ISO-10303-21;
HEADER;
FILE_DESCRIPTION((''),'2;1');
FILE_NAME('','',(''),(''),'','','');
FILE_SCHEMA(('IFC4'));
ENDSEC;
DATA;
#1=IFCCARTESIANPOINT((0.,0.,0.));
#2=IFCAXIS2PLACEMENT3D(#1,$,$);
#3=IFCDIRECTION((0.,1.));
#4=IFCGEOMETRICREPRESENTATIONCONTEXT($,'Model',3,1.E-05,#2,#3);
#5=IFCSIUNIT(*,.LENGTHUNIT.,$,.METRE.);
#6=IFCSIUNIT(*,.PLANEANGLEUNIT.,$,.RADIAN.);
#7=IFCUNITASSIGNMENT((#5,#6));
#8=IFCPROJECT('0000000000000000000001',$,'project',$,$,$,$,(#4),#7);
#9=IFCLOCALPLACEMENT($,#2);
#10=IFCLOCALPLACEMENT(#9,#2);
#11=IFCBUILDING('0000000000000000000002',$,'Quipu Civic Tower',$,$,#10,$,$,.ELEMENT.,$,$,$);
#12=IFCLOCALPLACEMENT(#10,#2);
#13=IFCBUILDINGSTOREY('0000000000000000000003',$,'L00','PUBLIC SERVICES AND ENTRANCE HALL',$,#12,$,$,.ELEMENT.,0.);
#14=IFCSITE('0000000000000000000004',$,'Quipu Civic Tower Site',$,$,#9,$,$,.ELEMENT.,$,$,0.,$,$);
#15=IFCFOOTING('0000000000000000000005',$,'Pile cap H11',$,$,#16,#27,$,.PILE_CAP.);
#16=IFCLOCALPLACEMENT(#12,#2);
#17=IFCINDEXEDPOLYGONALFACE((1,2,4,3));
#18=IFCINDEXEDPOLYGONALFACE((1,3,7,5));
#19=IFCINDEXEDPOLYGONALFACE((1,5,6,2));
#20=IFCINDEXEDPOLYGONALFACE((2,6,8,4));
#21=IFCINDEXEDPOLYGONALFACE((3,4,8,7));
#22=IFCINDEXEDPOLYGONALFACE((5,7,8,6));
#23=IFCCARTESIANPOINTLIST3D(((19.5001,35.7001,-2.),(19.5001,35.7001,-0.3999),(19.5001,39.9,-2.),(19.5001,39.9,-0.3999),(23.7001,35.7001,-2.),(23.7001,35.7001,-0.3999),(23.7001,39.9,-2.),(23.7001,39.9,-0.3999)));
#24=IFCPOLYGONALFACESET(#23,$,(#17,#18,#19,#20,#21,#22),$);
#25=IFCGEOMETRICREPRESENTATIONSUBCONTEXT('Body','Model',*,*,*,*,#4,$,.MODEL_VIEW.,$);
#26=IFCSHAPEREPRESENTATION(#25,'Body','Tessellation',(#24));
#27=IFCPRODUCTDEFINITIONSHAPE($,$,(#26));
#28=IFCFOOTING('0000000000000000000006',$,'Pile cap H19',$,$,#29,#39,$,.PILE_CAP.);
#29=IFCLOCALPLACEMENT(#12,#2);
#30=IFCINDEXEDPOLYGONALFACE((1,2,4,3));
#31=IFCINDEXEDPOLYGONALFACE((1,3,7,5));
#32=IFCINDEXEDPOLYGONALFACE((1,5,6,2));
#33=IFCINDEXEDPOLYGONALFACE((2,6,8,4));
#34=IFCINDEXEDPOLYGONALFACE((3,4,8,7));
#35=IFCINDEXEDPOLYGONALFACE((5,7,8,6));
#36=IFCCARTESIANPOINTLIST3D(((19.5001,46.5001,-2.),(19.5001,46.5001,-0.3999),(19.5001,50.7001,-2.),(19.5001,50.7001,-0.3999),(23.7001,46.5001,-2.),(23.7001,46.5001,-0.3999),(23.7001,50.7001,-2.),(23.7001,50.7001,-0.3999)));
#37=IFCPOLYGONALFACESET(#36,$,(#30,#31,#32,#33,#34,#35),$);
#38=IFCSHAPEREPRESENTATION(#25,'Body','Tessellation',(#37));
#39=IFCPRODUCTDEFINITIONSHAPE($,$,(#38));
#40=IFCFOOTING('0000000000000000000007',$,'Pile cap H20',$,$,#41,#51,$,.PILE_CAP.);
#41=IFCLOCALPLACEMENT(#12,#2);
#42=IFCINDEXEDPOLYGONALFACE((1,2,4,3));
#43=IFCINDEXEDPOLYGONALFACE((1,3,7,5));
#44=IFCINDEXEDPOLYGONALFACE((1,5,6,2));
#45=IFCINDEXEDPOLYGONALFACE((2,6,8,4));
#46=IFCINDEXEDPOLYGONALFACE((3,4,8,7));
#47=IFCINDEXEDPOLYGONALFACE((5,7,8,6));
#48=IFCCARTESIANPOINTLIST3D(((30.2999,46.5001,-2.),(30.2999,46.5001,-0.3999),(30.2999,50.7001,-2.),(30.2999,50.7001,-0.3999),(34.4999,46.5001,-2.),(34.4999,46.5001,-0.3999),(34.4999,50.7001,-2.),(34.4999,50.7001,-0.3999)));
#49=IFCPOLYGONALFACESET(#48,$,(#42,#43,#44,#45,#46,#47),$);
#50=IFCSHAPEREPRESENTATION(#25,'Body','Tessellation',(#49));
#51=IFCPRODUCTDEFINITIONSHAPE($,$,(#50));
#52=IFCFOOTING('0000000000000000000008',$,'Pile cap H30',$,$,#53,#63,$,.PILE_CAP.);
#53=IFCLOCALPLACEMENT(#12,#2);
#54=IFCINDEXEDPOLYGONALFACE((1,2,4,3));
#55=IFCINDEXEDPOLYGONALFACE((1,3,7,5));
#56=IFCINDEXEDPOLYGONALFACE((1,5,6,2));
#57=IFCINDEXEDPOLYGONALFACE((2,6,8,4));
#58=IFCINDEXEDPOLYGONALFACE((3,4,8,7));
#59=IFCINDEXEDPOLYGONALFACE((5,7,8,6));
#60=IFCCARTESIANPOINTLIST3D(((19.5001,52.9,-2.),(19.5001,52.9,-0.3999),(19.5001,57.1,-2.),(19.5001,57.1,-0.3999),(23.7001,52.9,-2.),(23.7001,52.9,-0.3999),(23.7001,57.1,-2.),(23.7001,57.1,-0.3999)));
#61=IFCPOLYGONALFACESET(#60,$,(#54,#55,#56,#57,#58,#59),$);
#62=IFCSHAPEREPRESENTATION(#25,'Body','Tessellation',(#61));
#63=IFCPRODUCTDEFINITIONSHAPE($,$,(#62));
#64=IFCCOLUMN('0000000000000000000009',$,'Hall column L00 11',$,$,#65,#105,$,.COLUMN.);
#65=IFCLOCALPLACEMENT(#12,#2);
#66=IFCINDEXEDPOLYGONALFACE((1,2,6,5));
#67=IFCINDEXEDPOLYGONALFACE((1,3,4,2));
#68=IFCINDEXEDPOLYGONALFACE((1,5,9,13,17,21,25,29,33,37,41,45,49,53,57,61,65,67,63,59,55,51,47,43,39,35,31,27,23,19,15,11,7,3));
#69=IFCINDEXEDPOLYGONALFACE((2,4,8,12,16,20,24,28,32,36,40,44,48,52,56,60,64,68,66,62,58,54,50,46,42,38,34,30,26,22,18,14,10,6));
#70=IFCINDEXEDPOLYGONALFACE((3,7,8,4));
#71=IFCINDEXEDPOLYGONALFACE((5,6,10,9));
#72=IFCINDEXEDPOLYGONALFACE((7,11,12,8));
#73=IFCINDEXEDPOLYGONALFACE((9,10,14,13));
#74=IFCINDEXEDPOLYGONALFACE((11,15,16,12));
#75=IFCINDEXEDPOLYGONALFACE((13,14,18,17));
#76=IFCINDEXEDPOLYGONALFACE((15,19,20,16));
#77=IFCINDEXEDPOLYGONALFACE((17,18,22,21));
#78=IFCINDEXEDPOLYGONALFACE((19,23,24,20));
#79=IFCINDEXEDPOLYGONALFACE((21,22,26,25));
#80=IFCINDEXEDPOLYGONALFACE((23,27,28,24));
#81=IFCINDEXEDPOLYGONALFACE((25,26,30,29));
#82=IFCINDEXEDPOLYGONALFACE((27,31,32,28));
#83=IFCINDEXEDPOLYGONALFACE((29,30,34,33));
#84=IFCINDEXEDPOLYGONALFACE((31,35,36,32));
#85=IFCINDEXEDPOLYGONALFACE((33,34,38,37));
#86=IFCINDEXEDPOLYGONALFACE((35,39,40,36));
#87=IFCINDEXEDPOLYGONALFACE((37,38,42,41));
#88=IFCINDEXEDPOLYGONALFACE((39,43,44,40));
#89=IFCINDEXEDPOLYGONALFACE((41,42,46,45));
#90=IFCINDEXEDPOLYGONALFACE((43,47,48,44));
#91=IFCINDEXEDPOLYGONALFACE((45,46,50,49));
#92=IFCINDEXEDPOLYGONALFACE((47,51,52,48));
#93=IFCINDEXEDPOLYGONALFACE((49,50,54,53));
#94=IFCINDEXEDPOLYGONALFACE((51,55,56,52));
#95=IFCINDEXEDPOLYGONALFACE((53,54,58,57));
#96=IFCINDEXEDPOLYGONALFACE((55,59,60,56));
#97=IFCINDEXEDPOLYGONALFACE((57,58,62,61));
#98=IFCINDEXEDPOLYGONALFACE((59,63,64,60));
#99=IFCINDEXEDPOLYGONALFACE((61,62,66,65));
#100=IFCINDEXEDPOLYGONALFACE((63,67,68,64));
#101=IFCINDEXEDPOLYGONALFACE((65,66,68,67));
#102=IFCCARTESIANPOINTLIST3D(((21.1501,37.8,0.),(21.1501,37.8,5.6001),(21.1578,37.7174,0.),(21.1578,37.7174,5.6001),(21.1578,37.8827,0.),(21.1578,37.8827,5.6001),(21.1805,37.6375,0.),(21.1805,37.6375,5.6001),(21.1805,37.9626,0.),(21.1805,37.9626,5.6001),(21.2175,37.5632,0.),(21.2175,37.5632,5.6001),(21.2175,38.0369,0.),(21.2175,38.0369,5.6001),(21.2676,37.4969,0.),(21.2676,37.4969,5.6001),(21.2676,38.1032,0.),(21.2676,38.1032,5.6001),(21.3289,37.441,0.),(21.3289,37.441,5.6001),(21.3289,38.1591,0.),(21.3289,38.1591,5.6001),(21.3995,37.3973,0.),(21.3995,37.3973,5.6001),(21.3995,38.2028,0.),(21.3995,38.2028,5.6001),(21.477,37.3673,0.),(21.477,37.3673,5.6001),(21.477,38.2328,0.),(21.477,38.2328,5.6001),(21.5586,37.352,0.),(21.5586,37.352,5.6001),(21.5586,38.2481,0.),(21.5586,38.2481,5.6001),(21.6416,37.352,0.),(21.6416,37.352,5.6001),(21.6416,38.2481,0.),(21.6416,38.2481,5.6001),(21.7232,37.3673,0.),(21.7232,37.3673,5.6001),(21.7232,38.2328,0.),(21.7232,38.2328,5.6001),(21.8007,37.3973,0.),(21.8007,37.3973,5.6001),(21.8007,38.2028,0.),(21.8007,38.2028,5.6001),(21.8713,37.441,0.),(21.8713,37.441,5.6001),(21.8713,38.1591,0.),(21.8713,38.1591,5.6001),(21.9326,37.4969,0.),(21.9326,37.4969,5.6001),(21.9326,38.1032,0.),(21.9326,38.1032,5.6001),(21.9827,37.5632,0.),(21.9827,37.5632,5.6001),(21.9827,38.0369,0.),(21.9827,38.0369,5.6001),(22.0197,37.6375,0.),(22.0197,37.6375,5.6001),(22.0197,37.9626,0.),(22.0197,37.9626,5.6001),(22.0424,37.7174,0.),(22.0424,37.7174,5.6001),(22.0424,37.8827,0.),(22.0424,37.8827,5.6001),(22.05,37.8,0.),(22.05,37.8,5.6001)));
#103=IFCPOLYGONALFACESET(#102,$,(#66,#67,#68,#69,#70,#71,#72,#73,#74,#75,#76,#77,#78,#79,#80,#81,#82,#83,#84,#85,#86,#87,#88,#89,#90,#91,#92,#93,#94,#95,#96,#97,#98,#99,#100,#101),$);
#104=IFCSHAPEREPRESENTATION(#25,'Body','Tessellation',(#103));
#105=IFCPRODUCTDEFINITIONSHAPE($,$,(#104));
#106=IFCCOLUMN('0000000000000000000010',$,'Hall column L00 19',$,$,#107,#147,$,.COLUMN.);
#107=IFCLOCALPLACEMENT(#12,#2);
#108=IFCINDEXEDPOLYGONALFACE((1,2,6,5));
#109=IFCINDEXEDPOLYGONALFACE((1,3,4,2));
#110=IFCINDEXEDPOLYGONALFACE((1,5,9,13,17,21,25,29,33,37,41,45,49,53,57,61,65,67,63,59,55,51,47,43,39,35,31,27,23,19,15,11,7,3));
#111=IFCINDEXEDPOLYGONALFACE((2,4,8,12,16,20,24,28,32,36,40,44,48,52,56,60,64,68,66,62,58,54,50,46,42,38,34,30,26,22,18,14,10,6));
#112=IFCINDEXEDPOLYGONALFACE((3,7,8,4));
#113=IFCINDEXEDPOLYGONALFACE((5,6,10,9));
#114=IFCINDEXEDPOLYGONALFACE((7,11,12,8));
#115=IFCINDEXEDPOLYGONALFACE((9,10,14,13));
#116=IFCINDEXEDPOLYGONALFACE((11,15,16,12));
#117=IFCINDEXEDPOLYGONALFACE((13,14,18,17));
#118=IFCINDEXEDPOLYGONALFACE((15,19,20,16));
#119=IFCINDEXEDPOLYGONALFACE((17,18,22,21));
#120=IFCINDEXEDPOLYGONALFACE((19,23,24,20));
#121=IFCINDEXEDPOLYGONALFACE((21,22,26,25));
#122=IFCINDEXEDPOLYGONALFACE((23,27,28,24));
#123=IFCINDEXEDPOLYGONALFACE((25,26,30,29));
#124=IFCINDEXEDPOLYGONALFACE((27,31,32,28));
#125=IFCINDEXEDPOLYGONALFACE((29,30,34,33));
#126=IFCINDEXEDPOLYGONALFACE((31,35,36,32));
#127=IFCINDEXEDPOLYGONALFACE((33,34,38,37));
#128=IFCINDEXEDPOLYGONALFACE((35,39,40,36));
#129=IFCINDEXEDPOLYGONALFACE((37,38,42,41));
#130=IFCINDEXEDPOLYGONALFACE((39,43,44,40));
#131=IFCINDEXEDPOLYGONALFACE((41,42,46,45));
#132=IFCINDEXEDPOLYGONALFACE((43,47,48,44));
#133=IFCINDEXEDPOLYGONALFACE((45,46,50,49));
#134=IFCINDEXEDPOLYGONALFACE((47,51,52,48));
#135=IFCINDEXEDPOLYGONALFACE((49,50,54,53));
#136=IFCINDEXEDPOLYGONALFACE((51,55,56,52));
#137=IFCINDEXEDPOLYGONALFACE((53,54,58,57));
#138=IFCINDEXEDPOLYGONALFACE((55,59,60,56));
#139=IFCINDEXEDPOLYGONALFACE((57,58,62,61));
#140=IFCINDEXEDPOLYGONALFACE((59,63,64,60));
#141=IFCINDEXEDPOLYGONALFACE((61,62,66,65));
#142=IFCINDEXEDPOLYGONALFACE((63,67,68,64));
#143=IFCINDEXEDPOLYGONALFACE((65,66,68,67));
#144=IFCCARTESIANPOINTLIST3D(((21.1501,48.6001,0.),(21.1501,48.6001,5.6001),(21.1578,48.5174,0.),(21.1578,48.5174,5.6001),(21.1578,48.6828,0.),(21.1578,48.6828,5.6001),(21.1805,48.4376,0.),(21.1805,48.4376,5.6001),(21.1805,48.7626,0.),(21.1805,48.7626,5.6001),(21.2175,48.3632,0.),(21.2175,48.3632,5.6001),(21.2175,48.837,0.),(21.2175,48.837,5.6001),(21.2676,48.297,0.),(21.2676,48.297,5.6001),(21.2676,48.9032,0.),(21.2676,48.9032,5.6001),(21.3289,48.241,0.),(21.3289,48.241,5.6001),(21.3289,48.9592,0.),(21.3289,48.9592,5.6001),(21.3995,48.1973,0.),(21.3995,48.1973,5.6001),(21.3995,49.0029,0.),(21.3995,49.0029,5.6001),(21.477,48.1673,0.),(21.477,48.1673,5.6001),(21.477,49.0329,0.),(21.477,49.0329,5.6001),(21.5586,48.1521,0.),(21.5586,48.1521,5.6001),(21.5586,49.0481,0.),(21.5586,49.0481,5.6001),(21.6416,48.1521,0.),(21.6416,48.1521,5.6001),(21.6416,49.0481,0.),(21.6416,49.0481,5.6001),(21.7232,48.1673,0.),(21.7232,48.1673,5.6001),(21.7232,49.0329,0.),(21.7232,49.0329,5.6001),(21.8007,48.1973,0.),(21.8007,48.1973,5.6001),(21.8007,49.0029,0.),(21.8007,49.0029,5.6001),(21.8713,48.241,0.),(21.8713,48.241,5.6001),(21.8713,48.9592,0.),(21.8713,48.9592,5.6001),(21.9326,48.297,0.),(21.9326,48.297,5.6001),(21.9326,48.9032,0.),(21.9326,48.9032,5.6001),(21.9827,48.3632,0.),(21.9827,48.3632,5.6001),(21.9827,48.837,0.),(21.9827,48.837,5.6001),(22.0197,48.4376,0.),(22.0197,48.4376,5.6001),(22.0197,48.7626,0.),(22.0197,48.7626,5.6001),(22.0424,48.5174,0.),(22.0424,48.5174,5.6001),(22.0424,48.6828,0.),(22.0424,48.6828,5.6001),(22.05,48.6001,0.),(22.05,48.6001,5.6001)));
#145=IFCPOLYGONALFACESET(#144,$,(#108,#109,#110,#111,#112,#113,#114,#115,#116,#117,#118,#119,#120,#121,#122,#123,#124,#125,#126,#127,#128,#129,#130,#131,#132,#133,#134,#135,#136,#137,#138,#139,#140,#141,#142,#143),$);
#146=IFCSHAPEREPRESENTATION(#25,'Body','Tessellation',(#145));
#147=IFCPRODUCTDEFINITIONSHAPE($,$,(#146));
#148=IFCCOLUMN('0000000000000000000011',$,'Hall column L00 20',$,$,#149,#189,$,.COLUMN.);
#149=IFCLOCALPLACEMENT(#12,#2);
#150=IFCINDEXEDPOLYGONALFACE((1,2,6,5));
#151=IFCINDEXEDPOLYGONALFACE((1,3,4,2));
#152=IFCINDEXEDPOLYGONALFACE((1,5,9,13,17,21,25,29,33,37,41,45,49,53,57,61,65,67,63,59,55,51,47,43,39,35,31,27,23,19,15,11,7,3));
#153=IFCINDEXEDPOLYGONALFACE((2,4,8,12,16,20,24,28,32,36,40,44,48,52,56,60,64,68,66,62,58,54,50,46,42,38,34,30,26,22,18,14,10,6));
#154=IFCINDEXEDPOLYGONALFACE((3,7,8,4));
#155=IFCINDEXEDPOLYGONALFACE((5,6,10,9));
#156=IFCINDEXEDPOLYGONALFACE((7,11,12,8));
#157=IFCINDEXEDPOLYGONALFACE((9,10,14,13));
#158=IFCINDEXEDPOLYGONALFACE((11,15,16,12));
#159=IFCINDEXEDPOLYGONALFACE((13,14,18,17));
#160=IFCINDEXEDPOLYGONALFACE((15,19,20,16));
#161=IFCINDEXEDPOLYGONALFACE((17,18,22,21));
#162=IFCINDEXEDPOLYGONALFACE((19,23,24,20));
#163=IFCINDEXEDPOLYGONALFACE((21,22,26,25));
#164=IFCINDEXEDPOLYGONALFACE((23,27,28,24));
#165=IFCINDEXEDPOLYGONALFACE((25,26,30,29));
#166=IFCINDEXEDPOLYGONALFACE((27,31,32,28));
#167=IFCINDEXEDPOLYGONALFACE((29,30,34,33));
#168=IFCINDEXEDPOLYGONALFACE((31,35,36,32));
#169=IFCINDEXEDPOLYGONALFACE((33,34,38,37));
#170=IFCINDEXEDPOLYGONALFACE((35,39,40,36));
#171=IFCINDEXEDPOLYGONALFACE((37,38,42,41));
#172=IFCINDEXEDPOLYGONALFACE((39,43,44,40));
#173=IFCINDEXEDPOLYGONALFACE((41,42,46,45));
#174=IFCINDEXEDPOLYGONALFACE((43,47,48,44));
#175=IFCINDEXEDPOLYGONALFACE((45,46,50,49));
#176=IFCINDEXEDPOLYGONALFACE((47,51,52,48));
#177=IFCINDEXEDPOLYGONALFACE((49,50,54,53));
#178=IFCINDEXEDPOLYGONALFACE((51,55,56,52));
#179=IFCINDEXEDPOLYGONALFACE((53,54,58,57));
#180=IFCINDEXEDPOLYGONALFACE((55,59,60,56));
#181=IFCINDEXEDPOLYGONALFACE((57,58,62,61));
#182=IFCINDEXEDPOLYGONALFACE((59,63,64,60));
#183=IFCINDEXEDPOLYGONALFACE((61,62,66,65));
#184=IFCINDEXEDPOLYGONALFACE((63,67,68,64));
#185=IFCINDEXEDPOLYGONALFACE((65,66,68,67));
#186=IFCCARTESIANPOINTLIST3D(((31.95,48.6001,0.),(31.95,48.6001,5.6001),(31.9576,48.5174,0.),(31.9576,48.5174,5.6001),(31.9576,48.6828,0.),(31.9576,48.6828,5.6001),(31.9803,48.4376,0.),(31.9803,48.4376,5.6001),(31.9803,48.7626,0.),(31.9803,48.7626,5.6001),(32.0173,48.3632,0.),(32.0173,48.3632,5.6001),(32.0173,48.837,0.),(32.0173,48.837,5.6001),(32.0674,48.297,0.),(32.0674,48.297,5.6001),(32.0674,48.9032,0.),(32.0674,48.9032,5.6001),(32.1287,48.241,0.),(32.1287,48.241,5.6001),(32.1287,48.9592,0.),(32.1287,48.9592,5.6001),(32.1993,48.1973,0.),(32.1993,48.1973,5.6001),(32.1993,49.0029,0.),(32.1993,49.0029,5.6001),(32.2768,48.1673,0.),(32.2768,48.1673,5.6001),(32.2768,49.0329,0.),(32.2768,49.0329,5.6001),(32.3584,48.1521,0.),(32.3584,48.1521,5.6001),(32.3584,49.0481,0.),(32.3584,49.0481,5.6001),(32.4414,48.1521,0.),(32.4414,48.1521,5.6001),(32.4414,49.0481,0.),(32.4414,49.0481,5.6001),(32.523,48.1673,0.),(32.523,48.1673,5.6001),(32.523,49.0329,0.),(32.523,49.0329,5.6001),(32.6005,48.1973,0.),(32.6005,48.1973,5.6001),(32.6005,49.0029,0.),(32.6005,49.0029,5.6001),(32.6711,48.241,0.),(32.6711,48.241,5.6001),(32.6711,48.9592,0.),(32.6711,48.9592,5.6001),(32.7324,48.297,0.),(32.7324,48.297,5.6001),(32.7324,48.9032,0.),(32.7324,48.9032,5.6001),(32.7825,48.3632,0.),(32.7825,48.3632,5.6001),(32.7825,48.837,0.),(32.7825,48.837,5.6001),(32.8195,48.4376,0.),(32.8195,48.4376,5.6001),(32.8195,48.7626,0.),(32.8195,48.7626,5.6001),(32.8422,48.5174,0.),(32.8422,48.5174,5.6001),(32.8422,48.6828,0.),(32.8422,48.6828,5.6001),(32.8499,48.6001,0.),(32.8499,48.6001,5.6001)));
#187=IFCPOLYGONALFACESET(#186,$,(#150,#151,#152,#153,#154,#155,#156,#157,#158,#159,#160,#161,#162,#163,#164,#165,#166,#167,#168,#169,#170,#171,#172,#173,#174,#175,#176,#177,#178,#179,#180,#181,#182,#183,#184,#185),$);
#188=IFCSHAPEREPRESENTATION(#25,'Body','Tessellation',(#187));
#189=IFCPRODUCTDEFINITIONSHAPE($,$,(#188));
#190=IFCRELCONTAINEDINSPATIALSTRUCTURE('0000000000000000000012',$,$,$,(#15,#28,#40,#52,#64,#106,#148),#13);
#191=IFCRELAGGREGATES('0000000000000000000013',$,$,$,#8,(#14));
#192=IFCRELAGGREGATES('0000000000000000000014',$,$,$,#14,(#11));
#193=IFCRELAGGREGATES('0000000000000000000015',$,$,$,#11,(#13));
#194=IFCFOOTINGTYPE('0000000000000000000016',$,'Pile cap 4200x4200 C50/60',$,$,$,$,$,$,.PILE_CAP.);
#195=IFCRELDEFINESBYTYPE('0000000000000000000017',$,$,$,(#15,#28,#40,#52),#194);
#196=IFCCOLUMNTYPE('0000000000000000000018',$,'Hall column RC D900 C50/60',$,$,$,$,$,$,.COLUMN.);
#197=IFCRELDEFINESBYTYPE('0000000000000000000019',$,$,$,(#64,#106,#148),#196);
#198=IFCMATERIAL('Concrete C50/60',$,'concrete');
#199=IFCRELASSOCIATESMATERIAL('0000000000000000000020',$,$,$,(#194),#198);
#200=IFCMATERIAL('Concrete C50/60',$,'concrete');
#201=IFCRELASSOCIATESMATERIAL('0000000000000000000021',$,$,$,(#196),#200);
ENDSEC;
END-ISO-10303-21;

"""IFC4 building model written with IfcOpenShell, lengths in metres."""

from ifc_helpers import new_model, si_unit, direction, frame, origin, origin_2d, place, context, subcontext, project, spatial, rectangle, circle, extrude, material, material_profile, profile_set, type_object, element, save


model = new_model("IFC4")

# Units and contexts
model_context = context("Model", 3, precision=1e-05, world=origin(), true_north=direction((0.0, 1.0)))
body_context = subcontext(model_context, "Body", "Model", "MODEL_VIEW")
ifc_project = project(units=[si_unit("LENGTHUNIT", "METRE"), si_unit("PLANEANGLEUNIT", "RADIAN")], contexts=[model_context])

# Site, building, storey
site_placement = place(None, origin())
site = spatial("IfcSite", under=ifc_project, at=site_placement, Name="Quipu Civic Tower Site", CompositionType="ELEMENT", RefElevation=0.0)
building_placement = place(site_placement, origin())
building = spatial("IfcBuilding", under=site, at=building_placement, Name="Quipu Civic Tower", CompositionType="ELEMENT")
storey_placement = place(building_placement, origin())
storey = spatial("IfcBuildingStorey", under=building, at=storey_placement, Name="L00", Description="PUBLIC SERVICES AND ENTRANCE HALL", CompositionType="ELEMENT", Elevation=0.0)

# Footings
ifc_material_1 = material(Name="Concrete C50/60", Category="concrete")
footing_type = type_object("IfcFootingType", Name="Pile cap 4200x4200 C50/60", PredefinedType="PILE_CAP", material=ifc_material_1)
for number, where, z_axis, x_axis, name in (
    (1, (21.6001, 37.8, -2.0), (0.0, 0.0, 1.0), (1.0, 0.0, 0.0), "Pile cap H11"),
    (2, (21.6001, 48.6001, -2.0), (0.0, 0.0, 1.0), (1.0, 0.0, 0.0), "Pile cap H19"),
    (3, (32.3999, 48.6001, -2.0), (0.0, 0.0, 1.0), (1.0, 0.0, 0.0), "Pile cap H20"),
    (4, (21.6001, 55.0, -2.0), (0.0, 0.0, 1.0), (1.0, 0.0, 0.0), "Pile cap H30"),
):
    element("IfcFooting", number, at=place(storey_placement, frame(where, z_axis=z_axis, x_axis=x_axis)), inside=storey, type_object=footing_type, Name=name, PredefinedType="PILE_CAP", context=body_context, shape_type="SweptSolid", body=[
        extrude(rectangle(XDim=4.2, YDim=4.2, at=origin_2d()), origin(), (0.0, 0.0, 1.0), 1.6001),
    ])

# Columns
ifc_material_2 = material(Name="Concrete C50/60", Category="concrete")
ifc_material_profile_1 = material_profile(ifc_material_2, circle(Radius=0.45, at=origin_2d()), Name="RCD900")
ifc_profile_set_1 = profile_set([ifc_material_profile_1], Name="Concrete C50/60")
column_type_1 = type_object("IfcColumnType", Name="Hall column RC D900 C50/60", PredefinedType="COLUMN", material=ifc_profile_set_1)
for number, where, z_axis, x_axis, name in (
    (5, (21.6001, 37.8, 0.0), (0.0, 0.0, 1.0), (1.0, 0.0, 0.0), "Hall column L00 11"),
    (6, (21.6001, 48.6001, 0.0), (0.0, 0.0, 1.0), (1.0, 0.0, 0.0), "Hall column L00 19"),
    (7, (32.3999, 48.6001, 0.0), (0.0, 0.0, 1.0), (1.0, 0.0, 0.0), "Hall column L00 20"),
):
    element("IfcColumn", number, at=place(storey_placement, frame(where, z_axis=z_axis, x_axis=x_axis)), inside=storey, type_object=column_type_1, Name=name, PredefinedType="COLUMN", context=body_context, shape_type="SweptSolid", body=[
        extrude(circle(Radius=0.45, at=origin_2d()), origin(), (0.0, 0.0, 1.0), 5.6001),
    ])

save(model, "model.ifc")
